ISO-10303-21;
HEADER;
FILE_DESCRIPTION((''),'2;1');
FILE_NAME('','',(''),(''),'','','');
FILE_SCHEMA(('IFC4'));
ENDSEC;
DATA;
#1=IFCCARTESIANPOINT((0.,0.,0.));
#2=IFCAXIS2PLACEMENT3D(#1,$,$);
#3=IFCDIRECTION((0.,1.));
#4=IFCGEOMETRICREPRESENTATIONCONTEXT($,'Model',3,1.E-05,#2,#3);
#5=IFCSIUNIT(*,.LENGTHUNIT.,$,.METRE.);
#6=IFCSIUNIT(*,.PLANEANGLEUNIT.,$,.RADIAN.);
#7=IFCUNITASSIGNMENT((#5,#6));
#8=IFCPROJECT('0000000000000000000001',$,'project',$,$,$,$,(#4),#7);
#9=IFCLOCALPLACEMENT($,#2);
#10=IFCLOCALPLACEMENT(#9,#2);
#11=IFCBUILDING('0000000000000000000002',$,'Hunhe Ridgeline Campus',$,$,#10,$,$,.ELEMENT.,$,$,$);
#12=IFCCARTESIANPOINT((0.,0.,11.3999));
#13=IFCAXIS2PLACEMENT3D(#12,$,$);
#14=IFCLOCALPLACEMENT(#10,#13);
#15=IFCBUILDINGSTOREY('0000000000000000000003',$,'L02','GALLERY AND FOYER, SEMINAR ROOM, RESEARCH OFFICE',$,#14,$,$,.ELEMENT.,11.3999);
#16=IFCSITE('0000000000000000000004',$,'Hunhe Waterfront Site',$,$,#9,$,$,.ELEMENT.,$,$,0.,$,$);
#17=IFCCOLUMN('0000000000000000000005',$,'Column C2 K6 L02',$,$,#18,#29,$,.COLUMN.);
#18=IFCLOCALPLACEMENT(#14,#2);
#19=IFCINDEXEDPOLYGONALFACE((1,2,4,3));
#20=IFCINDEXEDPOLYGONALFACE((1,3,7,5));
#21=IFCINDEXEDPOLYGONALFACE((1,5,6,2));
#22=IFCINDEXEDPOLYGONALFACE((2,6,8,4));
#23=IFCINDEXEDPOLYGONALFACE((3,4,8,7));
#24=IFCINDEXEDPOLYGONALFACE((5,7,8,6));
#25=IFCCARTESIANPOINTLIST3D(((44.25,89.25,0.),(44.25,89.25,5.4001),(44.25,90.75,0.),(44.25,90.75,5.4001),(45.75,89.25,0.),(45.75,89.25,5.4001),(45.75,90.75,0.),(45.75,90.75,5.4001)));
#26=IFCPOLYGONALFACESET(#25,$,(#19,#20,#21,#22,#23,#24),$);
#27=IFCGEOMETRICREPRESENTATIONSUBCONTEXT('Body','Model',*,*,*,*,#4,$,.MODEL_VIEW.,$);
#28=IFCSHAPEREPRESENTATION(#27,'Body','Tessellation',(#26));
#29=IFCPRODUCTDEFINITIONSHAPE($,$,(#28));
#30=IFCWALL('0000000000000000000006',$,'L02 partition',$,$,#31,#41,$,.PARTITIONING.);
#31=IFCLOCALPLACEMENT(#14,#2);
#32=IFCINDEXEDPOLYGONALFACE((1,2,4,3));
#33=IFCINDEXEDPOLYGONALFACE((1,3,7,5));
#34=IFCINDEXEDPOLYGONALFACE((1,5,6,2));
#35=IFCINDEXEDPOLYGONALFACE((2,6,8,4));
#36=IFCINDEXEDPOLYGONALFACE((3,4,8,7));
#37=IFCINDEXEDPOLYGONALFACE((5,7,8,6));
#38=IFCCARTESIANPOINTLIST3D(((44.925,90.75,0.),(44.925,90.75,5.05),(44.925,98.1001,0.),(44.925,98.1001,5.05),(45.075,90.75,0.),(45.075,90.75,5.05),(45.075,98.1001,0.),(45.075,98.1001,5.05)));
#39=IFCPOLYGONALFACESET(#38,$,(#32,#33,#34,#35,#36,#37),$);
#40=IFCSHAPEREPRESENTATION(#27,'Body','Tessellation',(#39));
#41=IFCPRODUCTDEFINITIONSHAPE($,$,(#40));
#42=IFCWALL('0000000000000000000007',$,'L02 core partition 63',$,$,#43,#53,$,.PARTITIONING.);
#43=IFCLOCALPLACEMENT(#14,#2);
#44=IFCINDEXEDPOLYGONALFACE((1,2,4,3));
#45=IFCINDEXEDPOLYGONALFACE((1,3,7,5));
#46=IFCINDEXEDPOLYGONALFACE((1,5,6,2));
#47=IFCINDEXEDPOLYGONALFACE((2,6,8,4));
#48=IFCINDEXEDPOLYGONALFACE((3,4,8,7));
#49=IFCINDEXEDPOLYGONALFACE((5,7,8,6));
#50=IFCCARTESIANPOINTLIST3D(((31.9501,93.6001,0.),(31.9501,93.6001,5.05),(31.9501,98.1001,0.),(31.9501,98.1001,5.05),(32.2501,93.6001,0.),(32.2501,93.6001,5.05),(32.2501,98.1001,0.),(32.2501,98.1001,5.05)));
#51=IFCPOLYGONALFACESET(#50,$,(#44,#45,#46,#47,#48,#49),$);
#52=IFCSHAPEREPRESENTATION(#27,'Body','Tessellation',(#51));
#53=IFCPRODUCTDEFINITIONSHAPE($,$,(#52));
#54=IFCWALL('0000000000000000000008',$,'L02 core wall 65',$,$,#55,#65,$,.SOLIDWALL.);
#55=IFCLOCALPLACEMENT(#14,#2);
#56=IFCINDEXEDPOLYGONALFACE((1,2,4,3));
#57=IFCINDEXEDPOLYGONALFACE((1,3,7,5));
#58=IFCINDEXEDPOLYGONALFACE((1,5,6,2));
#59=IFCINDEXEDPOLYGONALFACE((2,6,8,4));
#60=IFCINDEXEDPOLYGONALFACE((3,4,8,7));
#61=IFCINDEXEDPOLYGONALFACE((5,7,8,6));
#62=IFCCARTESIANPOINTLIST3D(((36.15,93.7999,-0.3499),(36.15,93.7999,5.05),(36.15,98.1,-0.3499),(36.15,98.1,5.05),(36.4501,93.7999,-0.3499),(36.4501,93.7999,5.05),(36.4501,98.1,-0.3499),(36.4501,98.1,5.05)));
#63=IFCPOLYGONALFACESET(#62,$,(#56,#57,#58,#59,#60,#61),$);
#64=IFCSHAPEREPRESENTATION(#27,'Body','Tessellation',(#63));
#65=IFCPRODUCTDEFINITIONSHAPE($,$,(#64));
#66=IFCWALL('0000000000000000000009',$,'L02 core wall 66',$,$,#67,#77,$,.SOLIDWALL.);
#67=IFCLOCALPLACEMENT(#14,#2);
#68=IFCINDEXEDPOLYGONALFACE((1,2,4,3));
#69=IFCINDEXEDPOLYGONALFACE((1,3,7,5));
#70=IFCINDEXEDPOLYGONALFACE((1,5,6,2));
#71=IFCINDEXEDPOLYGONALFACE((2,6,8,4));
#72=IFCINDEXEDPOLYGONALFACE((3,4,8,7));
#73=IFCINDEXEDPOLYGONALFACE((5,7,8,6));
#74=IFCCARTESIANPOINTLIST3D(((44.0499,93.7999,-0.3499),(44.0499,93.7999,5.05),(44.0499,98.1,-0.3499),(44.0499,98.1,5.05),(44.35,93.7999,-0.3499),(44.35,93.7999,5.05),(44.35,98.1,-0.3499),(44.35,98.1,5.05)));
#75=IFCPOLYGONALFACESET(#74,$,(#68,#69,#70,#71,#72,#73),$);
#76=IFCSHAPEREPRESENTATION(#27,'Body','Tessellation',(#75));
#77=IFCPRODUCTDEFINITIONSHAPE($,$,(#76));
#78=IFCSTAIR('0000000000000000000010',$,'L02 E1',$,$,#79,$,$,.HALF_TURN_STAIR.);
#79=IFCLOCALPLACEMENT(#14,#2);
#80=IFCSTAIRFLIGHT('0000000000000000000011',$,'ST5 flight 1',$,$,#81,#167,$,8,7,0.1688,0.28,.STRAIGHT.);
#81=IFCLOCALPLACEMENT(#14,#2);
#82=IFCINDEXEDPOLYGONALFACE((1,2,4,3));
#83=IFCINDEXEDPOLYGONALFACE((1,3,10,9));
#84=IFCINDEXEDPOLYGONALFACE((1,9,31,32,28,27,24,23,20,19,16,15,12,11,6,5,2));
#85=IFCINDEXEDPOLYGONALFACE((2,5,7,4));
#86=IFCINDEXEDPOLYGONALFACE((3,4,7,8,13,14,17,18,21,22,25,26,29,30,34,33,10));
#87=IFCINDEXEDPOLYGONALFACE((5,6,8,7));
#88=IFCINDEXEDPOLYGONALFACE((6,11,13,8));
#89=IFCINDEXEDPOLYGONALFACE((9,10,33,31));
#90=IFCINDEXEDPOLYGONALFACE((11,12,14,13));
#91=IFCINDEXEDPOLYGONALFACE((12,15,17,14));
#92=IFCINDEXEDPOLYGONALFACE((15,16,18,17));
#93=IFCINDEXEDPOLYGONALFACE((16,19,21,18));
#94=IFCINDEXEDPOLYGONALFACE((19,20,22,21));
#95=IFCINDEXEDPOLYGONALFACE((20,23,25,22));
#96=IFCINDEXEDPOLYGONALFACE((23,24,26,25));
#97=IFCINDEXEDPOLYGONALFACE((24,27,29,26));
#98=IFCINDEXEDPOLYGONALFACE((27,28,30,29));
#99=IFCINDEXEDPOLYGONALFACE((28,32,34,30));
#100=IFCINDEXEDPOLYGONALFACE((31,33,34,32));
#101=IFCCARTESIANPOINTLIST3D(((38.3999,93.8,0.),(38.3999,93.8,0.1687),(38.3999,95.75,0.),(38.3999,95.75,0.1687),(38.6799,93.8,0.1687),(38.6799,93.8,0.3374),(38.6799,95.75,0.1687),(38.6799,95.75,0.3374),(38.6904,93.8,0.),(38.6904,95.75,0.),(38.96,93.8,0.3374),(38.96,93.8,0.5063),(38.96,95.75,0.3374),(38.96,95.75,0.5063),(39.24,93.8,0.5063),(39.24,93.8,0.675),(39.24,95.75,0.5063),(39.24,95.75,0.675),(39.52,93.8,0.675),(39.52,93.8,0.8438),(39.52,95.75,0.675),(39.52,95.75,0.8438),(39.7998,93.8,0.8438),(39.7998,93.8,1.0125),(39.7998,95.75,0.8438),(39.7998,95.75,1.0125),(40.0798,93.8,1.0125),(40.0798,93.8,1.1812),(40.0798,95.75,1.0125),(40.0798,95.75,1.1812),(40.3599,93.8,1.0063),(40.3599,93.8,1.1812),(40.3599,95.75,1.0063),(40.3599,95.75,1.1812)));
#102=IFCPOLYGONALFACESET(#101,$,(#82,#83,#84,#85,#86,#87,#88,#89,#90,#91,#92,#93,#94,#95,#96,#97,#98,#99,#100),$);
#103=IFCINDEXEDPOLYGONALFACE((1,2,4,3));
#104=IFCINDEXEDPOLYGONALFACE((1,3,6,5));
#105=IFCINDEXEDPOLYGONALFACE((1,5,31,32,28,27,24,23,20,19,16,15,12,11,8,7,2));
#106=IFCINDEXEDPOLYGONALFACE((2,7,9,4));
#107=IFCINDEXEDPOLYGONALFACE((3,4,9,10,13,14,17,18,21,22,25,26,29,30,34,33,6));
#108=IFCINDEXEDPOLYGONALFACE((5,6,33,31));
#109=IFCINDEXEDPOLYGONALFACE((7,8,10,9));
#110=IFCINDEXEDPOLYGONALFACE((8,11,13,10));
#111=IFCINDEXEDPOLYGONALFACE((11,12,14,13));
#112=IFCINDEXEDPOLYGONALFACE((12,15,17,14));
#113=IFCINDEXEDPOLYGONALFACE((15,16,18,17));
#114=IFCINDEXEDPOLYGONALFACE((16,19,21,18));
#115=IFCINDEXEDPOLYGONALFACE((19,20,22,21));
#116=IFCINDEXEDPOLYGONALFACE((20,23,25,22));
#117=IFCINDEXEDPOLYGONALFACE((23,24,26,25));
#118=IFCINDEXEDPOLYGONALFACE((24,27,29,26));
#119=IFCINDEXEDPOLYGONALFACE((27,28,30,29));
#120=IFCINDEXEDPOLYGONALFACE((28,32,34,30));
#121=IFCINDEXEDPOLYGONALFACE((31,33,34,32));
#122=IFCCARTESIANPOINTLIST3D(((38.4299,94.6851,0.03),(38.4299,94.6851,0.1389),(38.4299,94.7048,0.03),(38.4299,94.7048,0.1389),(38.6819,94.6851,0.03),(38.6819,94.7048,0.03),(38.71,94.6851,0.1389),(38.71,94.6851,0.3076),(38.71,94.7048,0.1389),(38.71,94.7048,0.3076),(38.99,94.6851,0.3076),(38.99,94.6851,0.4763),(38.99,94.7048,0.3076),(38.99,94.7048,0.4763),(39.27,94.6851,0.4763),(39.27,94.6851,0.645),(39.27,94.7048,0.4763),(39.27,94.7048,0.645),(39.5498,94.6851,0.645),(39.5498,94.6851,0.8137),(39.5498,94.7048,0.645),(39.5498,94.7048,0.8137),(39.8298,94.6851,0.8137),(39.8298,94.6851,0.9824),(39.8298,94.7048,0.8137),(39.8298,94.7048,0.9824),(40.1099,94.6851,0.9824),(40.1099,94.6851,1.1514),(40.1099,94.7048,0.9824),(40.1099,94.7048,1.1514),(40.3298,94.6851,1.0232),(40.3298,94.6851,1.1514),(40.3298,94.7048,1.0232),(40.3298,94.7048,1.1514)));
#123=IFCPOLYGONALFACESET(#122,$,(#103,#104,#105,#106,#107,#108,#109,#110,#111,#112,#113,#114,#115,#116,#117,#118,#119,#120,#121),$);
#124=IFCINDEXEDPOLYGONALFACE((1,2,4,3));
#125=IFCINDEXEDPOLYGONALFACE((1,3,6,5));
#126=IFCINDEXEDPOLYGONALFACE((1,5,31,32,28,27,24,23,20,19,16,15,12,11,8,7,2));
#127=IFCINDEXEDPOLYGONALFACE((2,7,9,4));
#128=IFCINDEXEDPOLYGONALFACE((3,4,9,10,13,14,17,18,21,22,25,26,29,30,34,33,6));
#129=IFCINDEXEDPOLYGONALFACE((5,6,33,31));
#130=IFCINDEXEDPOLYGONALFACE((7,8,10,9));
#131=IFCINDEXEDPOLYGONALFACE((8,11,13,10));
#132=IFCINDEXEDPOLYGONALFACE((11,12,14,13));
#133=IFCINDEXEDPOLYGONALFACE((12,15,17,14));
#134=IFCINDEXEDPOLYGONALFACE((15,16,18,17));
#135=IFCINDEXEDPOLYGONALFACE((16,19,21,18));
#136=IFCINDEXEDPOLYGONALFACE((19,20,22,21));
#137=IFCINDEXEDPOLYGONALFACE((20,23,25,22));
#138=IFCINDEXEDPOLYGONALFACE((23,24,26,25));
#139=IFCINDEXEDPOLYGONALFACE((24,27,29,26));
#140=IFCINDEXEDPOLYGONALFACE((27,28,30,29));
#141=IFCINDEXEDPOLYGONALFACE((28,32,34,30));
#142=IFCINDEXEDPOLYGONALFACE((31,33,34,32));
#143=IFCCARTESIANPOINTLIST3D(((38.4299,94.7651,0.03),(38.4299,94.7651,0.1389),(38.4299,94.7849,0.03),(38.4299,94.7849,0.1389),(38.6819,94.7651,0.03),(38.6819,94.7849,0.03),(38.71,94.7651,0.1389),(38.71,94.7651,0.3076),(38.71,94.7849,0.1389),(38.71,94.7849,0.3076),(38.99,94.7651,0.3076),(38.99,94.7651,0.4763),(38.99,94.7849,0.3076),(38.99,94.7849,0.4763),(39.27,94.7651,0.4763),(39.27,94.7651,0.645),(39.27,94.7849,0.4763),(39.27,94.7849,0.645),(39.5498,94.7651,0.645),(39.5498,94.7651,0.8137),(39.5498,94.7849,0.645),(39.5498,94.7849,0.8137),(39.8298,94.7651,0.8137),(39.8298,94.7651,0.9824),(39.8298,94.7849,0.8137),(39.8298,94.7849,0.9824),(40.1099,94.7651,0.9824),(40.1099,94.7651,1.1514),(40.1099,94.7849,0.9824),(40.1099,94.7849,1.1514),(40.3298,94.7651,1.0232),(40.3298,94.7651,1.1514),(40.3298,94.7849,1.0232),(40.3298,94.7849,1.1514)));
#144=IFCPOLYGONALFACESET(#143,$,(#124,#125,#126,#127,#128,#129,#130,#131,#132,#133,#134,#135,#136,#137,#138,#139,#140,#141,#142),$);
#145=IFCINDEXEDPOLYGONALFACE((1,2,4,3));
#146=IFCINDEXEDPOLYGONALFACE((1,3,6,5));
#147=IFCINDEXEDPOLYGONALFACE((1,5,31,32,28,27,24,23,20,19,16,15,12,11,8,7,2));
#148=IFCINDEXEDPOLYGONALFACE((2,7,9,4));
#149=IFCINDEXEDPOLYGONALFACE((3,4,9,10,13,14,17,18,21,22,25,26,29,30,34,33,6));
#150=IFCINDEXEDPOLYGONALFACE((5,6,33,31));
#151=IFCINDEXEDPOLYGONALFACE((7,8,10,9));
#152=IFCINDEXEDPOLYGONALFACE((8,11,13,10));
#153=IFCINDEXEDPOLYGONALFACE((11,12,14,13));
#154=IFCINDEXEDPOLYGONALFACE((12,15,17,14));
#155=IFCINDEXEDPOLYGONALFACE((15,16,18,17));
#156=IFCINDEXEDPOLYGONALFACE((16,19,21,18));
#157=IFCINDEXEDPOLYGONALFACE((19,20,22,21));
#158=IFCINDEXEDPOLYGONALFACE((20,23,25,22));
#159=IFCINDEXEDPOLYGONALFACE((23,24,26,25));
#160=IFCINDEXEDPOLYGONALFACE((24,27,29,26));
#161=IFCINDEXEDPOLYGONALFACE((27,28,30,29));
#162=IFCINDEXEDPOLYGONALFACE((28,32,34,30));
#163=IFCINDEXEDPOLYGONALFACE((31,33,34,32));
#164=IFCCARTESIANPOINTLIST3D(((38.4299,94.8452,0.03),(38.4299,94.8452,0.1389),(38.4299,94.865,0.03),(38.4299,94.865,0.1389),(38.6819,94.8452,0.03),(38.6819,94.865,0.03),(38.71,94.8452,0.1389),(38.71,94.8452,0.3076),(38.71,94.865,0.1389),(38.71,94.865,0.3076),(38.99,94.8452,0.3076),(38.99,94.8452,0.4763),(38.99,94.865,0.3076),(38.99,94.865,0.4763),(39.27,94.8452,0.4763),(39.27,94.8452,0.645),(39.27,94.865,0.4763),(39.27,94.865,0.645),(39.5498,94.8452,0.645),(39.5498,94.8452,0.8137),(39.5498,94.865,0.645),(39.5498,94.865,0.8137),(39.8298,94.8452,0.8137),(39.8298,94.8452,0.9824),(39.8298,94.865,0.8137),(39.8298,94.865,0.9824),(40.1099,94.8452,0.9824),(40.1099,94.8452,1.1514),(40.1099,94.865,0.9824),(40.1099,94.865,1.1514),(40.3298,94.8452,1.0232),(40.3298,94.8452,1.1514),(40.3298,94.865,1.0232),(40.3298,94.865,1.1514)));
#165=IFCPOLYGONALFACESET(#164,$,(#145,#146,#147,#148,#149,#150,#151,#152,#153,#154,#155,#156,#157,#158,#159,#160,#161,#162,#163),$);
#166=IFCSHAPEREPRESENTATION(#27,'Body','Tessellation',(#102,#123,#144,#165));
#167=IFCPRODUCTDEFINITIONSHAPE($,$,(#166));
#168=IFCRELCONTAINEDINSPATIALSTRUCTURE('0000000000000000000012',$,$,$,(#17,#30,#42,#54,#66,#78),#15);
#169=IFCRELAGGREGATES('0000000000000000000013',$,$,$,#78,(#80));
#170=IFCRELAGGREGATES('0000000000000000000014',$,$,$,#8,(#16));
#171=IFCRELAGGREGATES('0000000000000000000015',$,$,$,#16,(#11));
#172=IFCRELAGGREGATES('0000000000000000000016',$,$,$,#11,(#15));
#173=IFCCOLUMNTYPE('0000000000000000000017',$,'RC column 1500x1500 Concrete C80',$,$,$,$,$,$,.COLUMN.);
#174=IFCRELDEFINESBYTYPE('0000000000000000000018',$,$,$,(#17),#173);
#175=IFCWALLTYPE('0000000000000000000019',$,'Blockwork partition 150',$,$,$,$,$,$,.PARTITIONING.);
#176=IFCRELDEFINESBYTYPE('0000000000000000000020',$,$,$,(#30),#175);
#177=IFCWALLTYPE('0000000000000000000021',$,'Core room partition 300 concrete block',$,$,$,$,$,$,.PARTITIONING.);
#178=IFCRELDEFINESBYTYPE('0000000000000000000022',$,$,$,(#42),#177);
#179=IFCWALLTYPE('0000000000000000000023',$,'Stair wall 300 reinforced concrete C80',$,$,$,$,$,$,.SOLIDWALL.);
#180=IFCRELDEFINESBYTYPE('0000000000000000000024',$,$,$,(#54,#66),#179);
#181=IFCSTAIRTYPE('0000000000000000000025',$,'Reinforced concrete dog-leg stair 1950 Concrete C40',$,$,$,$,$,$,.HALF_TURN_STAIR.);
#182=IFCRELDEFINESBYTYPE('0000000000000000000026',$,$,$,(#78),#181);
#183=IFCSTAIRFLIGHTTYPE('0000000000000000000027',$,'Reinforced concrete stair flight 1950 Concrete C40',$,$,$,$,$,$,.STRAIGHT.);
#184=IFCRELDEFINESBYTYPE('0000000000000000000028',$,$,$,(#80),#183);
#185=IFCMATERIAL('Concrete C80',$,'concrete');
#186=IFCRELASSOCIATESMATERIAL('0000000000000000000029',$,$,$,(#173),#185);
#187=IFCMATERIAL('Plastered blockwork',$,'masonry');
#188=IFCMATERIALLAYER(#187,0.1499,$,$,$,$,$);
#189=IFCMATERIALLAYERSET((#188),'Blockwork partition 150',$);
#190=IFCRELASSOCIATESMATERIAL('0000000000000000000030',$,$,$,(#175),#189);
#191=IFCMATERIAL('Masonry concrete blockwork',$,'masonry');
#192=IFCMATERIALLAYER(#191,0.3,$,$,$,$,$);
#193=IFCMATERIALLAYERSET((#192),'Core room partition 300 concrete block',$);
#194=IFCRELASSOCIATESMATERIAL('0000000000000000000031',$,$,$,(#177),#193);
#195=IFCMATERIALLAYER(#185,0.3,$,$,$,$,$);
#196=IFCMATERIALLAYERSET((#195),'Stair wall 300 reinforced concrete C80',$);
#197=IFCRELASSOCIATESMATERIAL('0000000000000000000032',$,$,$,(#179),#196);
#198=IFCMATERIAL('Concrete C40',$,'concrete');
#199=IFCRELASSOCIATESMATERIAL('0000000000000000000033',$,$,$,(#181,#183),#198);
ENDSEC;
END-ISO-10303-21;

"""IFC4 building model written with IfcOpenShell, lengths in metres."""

from ifc_helpers import new_model, si_unit, direction, frame, frame_2d, origin, origin_2d, place, context, subcontext, project, spatial, polyline, rectangle, outline, extrude, material, layer, layer_set, material_profile, profile_set, type_object, element, aggregate, save


model = new_model("IFC4")

# Units and contexts
model_context = context("Model", 3, precision=1e-05, world=origin(), true_north=direction((0.0, 1.0)))
body_context = subcontext(model_context, "Body", "Model", "MODEL_VIEW")
ifc_project = project(units=[si_unit("LENGTHUNIT", "METRE"), si_unit("PLANEANGLEUNIT", "RADIAN")], contexts=[model_context])

# Site, building, storey
site_placement = place(None, origin())
site = spatial("IfcSite", under=ifc_project, at=site_placement, Name="Hunhe Waterfront Site", CompositionType="ELEMENT", RefElevation=0.0)
building_placement = place(site_placement, origin())
building = spatial("IfcBuilding", under=site, at=building_placement, Name="Hunhe Ridgeline Campus", CompositionType="ELEMENT")
storey_placement = place(building_placement, frame((0.0, 0.0, 11.3999)))
storey = spatial("IfcBuildingStorey", under=building, at=storey_placement, Name="L02", Description="GALLERY AND FOYER, SEMINAR ROOM, RESEARCH OFFICE", CompositionType="ELEMENT", Elevation=11.3999)

# Column
ifc_material_1 = material(Name="Concrete C80", Category="concrete")
ifc_material_profile = material_profile(ifc_material_1, rectangle(XDim=1.5, YDim=1.5, at=origin_2d()))
ifc_profile_set = profile_set([ifc_material_profile], Name="Concrete C80")
column_type = type_object("IfcColumnType", Name="RC column 1500x1500 Concrete C80", PredefinedType="COLUMN", material=ifc_profile_set)
column_placement = place(storey_placement, frame((45.0, 90.0, 0.0), z_axis=(0.0, 0.0, 1.0), x_axis=(1.0, 0.0, 0.0)))
element("IfcColumn", 1, at=column_placement, inside=storey, type_object=column_type, Name="Column C2 K6 L02", PredefinedType="COLUMN", context=body_context, shape_type="SweptSolid", body=[
    extrude(rectangle(XDim=1.5, YDim=1.5, at=origin_2d()), origin(), (0.0, 0.0, 1.0), 5.4001),
])

# Walls
ifc_material_2 = material(Name="Plastered blockwork", Category="masonry")
ifc_layer_1 = layer(ifc_material_2, 0.1499)
ifc_layer_set_1 = layer_set([ifc_layer_1], Name="Blockwork partition 150")
wall_type_1 = type_object("IfcWallType", Name="Blockwork partition 150", PredefinedType="PARTITIONING", material=ifc_layer_set_1)
wall_1_placement = place(storey_placement, frame((45.0, 90.75, 0.0), z_axis=(0.0, 0.0, 1.0), x_axis=(0.0, 1.0, 0.0)))
element("IfcWall", 2, at=wall_1_placement, inside=storey, type_object=wall_type_1, Name="L02 partition", PredefinedType="PARTITIONING", context=body_context, shape_type="SweptSolid", body=[
    extrude(rectangle(XDim=7.3501, YDim=0.1499, at=frame_2d((3.675, 0.0))), origin(), (0.0, 0.0, 1.0), 5.05),
])
ifc_material_3 = material(Name="Masonry concrete blockwork", Category="masonry")
ifc_layer_2 = layer(ifc_material_3, 0.3)
ifc_layer_set_2 = layer_set([ifc_layer_2], Name="Core room partition 300 concrete block")
wall_type_2 = type_object("IfcWallType", Name="Core room partition 300 concrete block", PredefinedType="PARTITIONING", material=ifc_layer_set_2)
wall_2_placement = place(storey_placement, frame((32.1001, 93.6001, 0.0), z_axis=(0.0, 0.0, 1.0), x_axis=(0.0, 1.0, 0.0)))
element("IfcWall", 3, at=wall_2_placement, inside=storey, type_object=wall_type_2, Name="L02 core partition 63", PredefinedType="PARTITIONING", context=body_context, shape_type="SweptSolid", body=[
    extrude(rectangle(XDim=4.5, YDim=0.3, at=frame_2d((2.25, 0.0))), origin(), (0.0, 0.0, 1.0), 5.05),
])

# Shared definitions
ifc_layer_3 = layer(ifc_material_1, 0.3)
ifc_layer_set_3 = layer_set([ifc_layer_3], Name="Stair wall 300 reinforced concrete C80")
wall_type_3 = type_object("IfcWallType", Name="Stair wall 300 reinforced concrete C80", PredefinedType="SOLIDWALL", material=ifc_layer_set_3)

# Walls
for number, where, z_axis, x_axis, name in (
    (4, (36.3, 93.8, -0.3499), (0.0, 0.0, 1.0), (0.0, 1.0, 0.0), "L02 core wall 65"),
    (5, (44.2, 93.8, -0.3499), (0.0, 0.0, 1.0), (0.0, 1.0, 0.0), "L02 core wall 66"),
):
    element("IfcWall", number, at=place(storey_placement, frame(where, z_axis=z_axis, x_axis=x_axis)), inside=storey, type_object=wall_type_3, Name=name, PredefinedType="SOLIDWALL", context=body_context, shape_type="SweptSolid", body=[
        extrude(rectangle(XDim=4.3, YDim=0.3, at=frame_2d((2.1499, 0.0))), origin(), (0.0, 0.0, 1.0), 5.3999),
    ])

# Stair, stair flight
ifc_material_4 = material(Name="Concrete C40", Category="concrete")
stair_type = type_object("IfcStairType", Name="Reinforced concrete dog-leg stair 1950 Concrete C40", PredefinedType="HALF_TURN_STAIR", material=ifc_material_4)
stair_placement = place(storey_placement, origin())
stair = element("IfcStair", 6, at=stair_placement, inside=storey, type_object=stair_type, Name="L02 E1", PredefinedType="HALF_TURN_STAIR")
stair_flight_type = type_object("IfcStairFlightType", Name="Reinforced concrete stair flight 1950 Concrete C40", PredefinedType="STRAIGHT", material=ifc_material_4)
stair_flight_1_placement = place(storey_placement, frame((38.3999, 94.7749, 0.0), z_axis=(0.0, 0.0, 1.0), x_axis=(1.0, 0.0, 0.0)))
stair_flight_1 = element("IfcStairFlight", 7, at=stair_flight_1_placement, type_object=stair_flight_type, Name="ST5 flight 1", NumberOfRisers=8, NumberOfTreads=7, PredefinedType="STRAIGHT", RiserHeight=0.1688, TreadLength=0.28, context=body_context, shape_type="SweptSolid", body=[
    extrude(outline(polyline([(0.0, 0.0), (0.0, 0.1687), (0.28, 0.1687), (0.28, 0.3374), (0.5601, 0.3374), (0.5601, 0.5063), (0.8401, 0.5063), (0.8401, 0.675), (1.1201, 0.675), (1.1201, 0.8438), (1.3999, 0.8438), (1.3999, 1.0125), (1.6799, 1.0125), (1.6799, 1.1812), (1.96, 1.1812), (1.96, 1.3501), (1.96, 1.0063), (0.2905, 0.0), (0.0, 0.0)])), frame((0.0, 0.9751, 0.0), z_axis=(0.0, -1.0, 0.0), x_axis=(1.0, 0.0, 0.0)), (0.0, 0.0, 1.0), 1.95),
    extrude(outline(polyline([(0.03, 0.03), (0.03, 0.1389), (0.3101, 0.1389), (0.3101, 0.3076), (0.5901, 0.3076), (0.5901, 0.4763), (0.8701, 0.4763), (0.8701, 0.645), (1.1499, 0.645), (1.1499, 0.8137), (1.4299, 0.8137), (1.4299, 0.9824), (1.71, 0.9824), (1.71, 1.1514), (1.9299, 1.1514), (1.9299, 1.0232), (0.282, 0.03), (0.03, 0.03)])), frame((0.0, -0.0701, 0.0), z_axis=(0.0, -1.0, 0.0), x_axis=(1.0, 0.0, 0.0)), (0.0, 0.0, 1.0), 0.0198),
    extrude(outline(polyline([(0.03, 0.03), (0.03, 0.1389), (0.3101, 0.1389), (0.3101, 0.3076), (0.5901, 0.3076), (0.5901, 0.4763), (0.8701, 0.4763), (0.8701, 0.645), (1.1499, 0.645), (1.1499, 0.8137), (1.4299, 0.8137), (1.4299, 0.9824), (1.71, 0.9824), (1.71, 1.1514), (1.9299, 1.1514), (1.9299, 1.0232), (0.282, 0.03), (0.03, 0.03)])), frame((0.0, 0.01, 0.0), z_axis=(0.0, -1.0, 0.0), x_axis=(1.0, 0.0, 0.0)), (0.0, 0.0, 1.0), 0.0198),
    extrude(outline(polyline([(0.03, 0.03), (0.03, 0.1389), (0.3101, 0.1389), (0.3101, 0.3076), (0.5901, 0.3076), (0.5901, 0.4763), (0.8701, 0.4763), (0.8701, 0.645), (1.1499, 0.645), (1.1499, 0.8137), (1.4299, 0.8137), (1.4299, 0.9824), (1.71, 0.9824), (1.71, 1.1514), (1.9299, 1.1514), (1.9299, 1.0232), (0.282, 0.03), (0.03, 0.03)])), frame((0.0, 0.0901, 0.0), z_axis=(0.0, -1.0, 0.0), x_axis=(1.0, 0.0, 0.0)), (0.0, 0.0, 1.0), 0.0198),
])
aggregate(stair, [stair_flight_1])

save(model, "model.ifc")
